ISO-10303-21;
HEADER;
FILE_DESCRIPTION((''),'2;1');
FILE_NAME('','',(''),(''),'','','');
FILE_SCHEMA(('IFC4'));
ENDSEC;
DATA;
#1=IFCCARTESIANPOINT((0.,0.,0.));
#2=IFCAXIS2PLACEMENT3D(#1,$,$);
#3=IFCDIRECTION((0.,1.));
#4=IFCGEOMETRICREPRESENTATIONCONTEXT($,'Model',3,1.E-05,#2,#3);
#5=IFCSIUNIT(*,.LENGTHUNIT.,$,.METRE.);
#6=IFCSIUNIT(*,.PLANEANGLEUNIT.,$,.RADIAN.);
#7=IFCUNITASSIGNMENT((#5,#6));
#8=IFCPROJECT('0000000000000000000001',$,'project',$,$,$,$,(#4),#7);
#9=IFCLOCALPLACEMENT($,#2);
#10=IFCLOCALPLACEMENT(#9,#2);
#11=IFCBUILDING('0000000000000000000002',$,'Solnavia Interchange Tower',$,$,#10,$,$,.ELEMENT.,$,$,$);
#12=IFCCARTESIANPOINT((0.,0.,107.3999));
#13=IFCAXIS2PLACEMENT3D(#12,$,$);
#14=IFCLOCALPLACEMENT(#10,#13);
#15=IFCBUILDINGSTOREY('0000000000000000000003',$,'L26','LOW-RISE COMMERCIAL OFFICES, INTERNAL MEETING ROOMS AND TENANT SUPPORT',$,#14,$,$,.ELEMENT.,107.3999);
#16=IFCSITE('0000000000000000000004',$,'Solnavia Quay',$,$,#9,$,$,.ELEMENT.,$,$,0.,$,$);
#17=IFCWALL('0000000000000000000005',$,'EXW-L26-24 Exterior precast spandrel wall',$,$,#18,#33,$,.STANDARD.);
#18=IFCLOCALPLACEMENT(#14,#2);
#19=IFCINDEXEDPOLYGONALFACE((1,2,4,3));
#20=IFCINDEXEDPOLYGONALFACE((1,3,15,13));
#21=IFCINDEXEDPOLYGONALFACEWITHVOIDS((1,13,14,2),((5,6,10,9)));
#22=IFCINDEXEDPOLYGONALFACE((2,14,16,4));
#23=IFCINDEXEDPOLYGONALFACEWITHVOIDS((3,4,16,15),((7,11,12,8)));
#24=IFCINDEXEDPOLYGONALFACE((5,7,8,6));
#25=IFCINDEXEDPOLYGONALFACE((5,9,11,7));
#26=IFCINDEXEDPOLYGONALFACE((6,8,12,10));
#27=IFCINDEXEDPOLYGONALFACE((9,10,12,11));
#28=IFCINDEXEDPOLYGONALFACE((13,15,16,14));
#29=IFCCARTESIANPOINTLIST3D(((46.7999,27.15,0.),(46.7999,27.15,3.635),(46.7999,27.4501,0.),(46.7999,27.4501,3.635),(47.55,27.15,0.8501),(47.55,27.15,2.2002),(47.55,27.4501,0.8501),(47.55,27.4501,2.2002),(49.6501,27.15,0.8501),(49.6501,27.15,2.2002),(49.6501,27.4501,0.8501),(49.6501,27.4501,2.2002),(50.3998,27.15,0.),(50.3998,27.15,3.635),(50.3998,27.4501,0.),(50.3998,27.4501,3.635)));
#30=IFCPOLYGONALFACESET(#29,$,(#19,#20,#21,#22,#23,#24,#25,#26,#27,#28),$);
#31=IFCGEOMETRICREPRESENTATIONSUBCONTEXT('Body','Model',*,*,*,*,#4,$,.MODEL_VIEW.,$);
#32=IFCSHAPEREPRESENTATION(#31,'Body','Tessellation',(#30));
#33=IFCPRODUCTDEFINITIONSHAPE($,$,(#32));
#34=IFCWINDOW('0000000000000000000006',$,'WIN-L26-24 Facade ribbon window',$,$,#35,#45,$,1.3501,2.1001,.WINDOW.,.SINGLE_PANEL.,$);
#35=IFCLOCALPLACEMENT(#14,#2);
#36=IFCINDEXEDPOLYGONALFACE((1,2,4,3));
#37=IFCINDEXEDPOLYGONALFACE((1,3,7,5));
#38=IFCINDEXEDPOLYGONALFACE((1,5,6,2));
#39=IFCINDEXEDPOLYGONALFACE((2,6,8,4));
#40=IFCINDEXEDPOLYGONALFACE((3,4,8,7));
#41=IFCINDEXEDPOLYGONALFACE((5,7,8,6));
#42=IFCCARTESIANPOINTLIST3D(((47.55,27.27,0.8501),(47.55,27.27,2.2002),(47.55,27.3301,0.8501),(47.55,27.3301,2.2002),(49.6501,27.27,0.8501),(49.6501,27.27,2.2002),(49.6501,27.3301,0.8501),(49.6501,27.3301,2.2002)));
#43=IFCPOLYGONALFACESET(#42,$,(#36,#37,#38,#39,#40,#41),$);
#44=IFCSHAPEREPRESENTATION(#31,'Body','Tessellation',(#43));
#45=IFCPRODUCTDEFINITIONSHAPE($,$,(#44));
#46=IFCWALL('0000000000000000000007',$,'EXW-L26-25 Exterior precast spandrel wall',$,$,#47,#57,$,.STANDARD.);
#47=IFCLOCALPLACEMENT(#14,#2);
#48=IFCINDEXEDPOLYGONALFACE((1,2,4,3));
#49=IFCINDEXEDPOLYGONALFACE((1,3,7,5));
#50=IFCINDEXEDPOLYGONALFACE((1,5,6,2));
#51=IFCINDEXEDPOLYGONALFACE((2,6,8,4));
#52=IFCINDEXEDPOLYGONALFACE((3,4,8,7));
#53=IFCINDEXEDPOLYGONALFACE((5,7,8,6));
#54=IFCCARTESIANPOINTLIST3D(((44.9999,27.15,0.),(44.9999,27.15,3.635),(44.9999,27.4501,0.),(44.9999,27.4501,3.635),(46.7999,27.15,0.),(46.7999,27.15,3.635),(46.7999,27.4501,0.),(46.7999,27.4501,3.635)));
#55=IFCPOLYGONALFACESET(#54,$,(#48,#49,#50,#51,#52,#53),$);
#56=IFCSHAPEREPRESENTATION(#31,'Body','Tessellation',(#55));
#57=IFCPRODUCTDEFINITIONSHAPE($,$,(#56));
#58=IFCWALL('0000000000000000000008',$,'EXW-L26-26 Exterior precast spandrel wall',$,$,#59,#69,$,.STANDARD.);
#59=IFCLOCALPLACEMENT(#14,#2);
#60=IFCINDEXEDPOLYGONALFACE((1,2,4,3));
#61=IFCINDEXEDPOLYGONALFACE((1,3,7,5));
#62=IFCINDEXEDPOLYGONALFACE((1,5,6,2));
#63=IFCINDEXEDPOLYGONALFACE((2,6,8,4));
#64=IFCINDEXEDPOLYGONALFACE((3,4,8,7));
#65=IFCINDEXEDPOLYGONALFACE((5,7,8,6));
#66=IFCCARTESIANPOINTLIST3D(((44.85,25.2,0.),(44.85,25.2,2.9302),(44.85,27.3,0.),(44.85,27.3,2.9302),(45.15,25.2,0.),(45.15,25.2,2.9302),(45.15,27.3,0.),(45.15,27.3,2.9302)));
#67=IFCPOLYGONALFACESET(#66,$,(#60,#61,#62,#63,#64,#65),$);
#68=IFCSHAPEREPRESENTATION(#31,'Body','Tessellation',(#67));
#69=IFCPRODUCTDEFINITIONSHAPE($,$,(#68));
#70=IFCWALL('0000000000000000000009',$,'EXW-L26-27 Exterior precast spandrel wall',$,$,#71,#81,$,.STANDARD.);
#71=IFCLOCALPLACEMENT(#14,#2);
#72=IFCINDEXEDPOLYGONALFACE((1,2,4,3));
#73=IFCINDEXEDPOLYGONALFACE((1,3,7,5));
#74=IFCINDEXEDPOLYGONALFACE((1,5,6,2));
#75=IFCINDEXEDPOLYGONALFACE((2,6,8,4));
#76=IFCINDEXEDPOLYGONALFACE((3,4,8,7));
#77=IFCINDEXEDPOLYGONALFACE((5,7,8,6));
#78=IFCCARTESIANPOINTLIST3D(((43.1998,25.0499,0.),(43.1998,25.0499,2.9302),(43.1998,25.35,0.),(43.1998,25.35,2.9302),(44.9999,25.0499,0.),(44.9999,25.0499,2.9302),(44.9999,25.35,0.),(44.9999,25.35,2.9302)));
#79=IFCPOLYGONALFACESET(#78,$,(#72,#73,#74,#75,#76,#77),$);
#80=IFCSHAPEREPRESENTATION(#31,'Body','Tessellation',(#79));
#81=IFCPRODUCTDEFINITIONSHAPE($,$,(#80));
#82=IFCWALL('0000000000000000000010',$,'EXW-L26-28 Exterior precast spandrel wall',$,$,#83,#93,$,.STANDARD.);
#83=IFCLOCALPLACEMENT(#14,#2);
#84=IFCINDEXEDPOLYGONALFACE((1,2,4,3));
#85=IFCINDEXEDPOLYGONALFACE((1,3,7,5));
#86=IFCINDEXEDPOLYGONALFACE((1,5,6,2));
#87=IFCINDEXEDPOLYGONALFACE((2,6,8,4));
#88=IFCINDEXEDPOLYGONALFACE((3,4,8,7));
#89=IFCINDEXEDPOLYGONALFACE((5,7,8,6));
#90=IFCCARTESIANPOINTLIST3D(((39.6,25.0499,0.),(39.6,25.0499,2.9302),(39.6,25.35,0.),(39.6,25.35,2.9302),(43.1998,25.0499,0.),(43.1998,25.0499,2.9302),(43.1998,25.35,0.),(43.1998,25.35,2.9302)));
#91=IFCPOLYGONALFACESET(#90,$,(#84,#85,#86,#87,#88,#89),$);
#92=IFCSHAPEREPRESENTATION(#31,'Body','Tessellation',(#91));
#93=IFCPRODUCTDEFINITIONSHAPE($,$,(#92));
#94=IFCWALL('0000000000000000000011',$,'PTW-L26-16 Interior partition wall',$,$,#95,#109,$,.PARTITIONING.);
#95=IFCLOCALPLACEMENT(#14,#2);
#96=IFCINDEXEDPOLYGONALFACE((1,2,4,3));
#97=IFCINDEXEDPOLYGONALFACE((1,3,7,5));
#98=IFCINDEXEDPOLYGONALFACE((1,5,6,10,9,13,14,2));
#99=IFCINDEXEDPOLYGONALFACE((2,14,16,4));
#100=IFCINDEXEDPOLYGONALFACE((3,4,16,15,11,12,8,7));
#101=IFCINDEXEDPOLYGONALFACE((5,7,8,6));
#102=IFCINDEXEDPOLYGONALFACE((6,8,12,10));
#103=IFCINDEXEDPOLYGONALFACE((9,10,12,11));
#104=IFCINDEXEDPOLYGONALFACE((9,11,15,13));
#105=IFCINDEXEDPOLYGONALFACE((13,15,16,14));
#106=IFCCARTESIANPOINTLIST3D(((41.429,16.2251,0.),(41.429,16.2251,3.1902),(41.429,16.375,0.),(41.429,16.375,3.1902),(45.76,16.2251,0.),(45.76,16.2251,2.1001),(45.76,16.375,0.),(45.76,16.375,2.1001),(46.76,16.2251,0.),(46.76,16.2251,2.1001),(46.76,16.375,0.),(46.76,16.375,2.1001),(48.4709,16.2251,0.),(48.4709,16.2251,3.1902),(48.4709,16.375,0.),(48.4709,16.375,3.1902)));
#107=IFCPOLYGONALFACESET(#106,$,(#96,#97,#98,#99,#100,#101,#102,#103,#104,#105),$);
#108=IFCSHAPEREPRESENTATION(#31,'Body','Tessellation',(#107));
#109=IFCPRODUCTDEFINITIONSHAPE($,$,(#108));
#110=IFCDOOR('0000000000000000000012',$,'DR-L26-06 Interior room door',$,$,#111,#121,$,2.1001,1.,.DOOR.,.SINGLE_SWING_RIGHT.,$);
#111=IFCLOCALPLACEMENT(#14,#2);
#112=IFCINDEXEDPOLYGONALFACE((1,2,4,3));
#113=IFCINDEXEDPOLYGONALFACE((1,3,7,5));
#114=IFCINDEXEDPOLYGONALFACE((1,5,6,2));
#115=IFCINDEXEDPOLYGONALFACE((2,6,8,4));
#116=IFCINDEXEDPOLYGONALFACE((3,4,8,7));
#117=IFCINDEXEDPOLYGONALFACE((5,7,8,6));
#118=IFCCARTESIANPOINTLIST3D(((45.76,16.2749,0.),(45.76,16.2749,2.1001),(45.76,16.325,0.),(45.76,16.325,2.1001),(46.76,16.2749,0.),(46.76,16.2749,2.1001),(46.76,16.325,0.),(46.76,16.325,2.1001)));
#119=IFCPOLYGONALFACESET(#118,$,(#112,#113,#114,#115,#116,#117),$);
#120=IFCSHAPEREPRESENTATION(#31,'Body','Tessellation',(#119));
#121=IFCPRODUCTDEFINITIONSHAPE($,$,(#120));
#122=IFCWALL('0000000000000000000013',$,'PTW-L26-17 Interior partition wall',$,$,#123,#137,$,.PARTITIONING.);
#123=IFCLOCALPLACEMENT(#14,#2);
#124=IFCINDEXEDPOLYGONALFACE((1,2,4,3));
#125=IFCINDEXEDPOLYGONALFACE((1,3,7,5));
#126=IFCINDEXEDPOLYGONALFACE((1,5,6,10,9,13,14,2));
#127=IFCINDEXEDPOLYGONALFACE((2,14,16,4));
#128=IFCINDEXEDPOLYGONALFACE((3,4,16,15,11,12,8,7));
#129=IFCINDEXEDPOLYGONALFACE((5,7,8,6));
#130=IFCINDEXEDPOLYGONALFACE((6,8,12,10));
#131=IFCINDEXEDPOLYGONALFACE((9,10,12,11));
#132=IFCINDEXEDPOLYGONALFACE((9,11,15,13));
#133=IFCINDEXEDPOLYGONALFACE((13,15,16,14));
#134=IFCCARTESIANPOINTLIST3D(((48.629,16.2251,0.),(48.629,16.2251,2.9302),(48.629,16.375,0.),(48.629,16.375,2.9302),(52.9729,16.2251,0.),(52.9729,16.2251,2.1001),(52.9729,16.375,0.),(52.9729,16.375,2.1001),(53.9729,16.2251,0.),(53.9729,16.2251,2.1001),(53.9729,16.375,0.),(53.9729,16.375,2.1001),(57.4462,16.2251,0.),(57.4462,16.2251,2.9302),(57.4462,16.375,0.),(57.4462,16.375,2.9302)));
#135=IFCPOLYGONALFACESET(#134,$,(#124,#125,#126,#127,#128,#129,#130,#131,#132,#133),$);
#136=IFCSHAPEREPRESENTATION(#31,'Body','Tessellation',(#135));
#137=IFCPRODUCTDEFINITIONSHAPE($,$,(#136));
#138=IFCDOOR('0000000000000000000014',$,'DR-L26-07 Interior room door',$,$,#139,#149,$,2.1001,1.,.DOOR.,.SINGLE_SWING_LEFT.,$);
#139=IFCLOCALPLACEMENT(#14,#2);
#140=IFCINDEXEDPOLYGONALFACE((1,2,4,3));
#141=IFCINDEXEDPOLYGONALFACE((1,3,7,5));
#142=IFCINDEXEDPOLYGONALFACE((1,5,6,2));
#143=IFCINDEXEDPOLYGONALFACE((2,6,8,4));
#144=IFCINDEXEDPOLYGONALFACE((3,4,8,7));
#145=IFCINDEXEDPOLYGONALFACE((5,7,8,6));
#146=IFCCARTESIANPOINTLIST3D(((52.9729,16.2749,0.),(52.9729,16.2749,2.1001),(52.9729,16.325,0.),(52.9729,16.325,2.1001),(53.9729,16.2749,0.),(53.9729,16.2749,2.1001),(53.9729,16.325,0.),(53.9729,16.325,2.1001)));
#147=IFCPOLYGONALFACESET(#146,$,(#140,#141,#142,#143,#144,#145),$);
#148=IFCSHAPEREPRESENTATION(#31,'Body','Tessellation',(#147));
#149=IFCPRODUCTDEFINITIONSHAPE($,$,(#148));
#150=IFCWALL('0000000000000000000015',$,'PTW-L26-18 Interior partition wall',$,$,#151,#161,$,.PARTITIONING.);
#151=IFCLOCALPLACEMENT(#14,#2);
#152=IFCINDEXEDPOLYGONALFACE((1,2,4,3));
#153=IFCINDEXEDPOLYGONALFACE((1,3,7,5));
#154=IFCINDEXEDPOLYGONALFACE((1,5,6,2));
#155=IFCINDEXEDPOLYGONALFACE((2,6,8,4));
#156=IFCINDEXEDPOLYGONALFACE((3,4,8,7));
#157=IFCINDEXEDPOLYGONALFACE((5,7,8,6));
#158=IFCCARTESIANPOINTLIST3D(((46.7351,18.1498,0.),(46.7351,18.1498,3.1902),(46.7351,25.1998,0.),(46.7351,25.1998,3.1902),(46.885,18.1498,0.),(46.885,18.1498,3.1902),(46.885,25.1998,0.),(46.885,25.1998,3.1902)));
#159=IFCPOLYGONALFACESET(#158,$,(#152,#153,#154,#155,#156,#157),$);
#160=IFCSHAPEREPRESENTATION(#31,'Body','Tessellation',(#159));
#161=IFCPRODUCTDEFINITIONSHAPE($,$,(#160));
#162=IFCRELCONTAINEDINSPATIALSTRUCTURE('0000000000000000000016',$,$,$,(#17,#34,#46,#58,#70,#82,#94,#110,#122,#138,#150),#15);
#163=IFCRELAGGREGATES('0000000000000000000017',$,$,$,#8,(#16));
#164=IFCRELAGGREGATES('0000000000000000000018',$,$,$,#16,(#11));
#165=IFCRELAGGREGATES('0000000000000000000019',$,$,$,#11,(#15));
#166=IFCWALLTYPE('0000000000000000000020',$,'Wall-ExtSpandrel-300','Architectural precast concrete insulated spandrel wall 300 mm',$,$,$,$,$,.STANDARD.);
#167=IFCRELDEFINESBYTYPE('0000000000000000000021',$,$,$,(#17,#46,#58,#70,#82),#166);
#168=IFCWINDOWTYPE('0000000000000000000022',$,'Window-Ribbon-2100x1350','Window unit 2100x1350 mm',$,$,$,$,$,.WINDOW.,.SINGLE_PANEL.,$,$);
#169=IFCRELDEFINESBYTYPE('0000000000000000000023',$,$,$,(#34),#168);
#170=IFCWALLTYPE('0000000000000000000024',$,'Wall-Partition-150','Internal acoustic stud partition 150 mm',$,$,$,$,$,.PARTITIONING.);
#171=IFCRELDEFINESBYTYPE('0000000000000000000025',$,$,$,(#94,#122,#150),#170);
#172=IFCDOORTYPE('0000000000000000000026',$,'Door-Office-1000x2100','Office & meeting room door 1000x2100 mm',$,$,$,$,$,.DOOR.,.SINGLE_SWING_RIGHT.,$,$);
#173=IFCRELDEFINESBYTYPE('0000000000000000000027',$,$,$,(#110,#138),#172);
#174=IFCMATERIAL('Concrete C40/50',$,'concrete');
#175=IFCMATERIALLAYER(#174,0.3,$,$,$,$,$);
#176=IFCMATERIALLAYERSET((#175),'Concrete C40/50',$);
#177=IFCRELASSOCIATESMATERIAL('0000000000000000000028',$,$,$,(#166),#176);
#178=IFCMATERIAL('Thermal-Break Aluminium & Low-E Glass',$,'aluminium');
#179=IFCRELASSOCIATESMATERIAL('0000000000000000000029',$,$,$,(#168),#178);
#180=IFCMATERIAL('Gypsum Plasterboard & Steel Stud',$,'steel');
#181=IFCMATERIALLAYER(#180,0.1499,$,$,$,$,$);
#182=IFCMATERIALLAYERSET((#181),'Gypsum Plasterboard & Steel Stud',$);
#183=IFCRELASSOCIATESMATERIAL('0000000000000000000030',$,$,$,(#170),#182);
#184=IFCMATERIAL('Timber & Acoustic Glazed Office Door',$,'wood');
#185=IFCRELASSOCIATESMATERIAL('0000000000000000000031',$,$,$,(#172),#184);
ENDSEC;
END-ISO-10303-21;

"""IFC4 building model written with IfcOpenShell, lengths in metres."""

from ifc_helpers import new_model, si_unit, direction, frame, frame_2d, origin, place, context, subcontext, project, spatial, rectangle, extrude, material, layer, layer_set, type_object, element, fill, save


model = new_model("IFC4")

# Units and contexts
model_context = context("Model", 3, precision=1e-05, world=origin(), true_north=direction((0.0, 1.0)))
body_context = subcontext(model_context, "Body", "Model", "MODEL_VIEW")
ifc_project = project(units=[si_unit("LENGTHUNIT", "METRE"), si_unit("PLANEANGLEUNIT", "RADIAN")], contexts=[model_context])

# Site, building, storey
site_placement = place(None, origin())
site = spatial("IfcSite", under=ifc_project, at=site_placement, Name="Solnavia Quay", CompositionType="ELEMENT", RefElevation=0.0)
building_placement = place(site_placement, origin())
building = spatial("IfcBuilding", under=site, at=building_placement, Name="Solnavia Interchange Tower", CompositionType="ELEMENT")
storey_placement = place(building_placement, frame((0.0, 0.0, 107.3999)))
storey = spatial("IfcBuildingStorey", under=building, at=storey_placement, Name="L26", Description="LOW-RISE COMMERCIAL OFFICES, INTERNAL MEETING ROOMS AND TENANT SUPPORT", CompositionType="ELEMENT", Elevation=107.3999)

# Wall, opening, window
ifc_material_1 = material(Name="Concrete C40/50", Category="concrete")
ifc_layer_1 = layer(ifc_material_1, 0.3)
ifc_layer_set_1 = layer_set([ifc_layer_1], Name="Concrete C40/50")
wall_type_1 = type_object("IfcWallType", Name="Wall-ExtSpandrel-300", Description="Architectural precast concrete insulated spandrel wall 300 mm", PredefinedType="STANDARD", material=ifc_layer_set_1)
wall_1_placement = place(storey_placement, frame((46.8, 27.3, 0.0), z_axis=(0.0, 0.0, 1.0), x_axis=(1.0, 0.0, 0.0)))
wall_1 = element("IfcWall", 1, at=wall_1_placement, inside=storey, type_object=wall_type_1, Name="EXW-L26-24 Exterior precast spandrel wall", PredefinedType="STANDARD", context=body_context, shape_type="SweptSolid", body=[
    extrude(rectangle(XDim=3.5999, YDim=0.3, at=frame_2d((1.7998, 0.0))), origin(), (0.0, 0.0, 1.0), 3.635),
])
opening_1_placement = place(wall_1_placement, frame((0.75, 0.0, 0.8501)))
opening_1 = element("IfcOpeningElement", 2, at=opening_1_placement, cuts=wall_1, PredefinedType="OPENING", context=body_context, shape_type="SweptSolid", body=[
    extrude(rectangle(XDim=2.1001, YDim=1.3501, at=frame_2d((1.05, 0.675))), frame((0.0, 0.1602, 0.0), z_axis=(0.0, -1.0, 0.0), x_axis=(1.0, 0.0, 0.0)), (0.0, 0.0, 1.0), 0.3201),
])
ifc_material_2 = material(Name="Thermal-Break Aluminium & Low-E Glass", Category="aluminium")
window_type = type_object("IfcWindowType", Name="Window-Ribbon-2100x1350", Description="Window unit 2100x1350 mm", PartitioningType="SINGLE_PANEL", PredefinedType="WINDOW", material=ifc_material_2)
window_placement = place(opening_1_placement, origin())
window = element("IfcWindow", 3, at=window_placement, inside=storey, type_object=window_type, Name="WIN-L26-24 Facade ribbon window", OverallHeight=1.3501, OverallWidth=2.1001, PartitioningType="SINGLE_PANEL", PredefinedType="WINDOW", context=body_context, shape_type="SweptSolid", body=[
    extrude(rectangle(XDim=2.1001, YDim=1.3501, at=frame_2d((1.05, 0.675))), frame((0.0, 0.03, 0.0), z_axis=(0.0, -1.0, 0.0), x_axis=(1.0, 0.0, 0.0)), (0.0, 0.0, 1.0), 0.0601),
])
fill(opening_1, window)

# Walls
wall_2_placement = place(storey_placement, frame((45.0, 27.3, 0.0), z_axis=(0.0, 0.0, 1.0), x_axis=(1.0, 0.0, 0.0)))
element("IfcWall", 4, at=wall_2_placement, inside=storey, type_object=wall_type_1, Name="EXW-L26-25 Exterior precast spandrel wall", PredefinedType="STANDARD", context=body_context, shape_type="SweptSolid", body=[
    extrude(rectangle(XDim=1.8, YDim=0.3, at=frame_2d((0.8999, 0.0))), origin(), (0.0, 0.0, 1.0), 3.635),
])
wall_3_placement = place(storey_placement, frame((45.0, 27.3, 0.0), z_axis=(0.0, 0.0, 1.0), x_axis=(0.0, -1.0, 0.0)))
element("IfcWall", 5, at=wall_3_placement, inside=storey, type_object=wall_type_1, Name="EXW-L26-26 Exterior precast spandrel wall", PredefinedType="STANDARD", context=body_context, shape_type="SweptSolid", body=[
    extrude(rectangle(XDim=2.1001, YDim=0.3, at=frame_2d((1.05, 0.0))), origin(), (0.0, 0.0, 1.0), 2.9302),
])
wall_4_placement = place(storey_placement, frame((43.2, 25.2, 0.0), z_axis=(0.0, 0.0, 1.0), x_axis=(1.0, 0.0, 0.0)))
element("IfcWall", 6, at=wall_4_placement, inside=storey, type_object=wall_type_1, Name="EXW-L26-27 Exterior precast spandrel wall", PredefinedType="STANDARD", context=body_context, shape_type="SweptSolid", body=[
    extrude(rectangle(XDim=1.8, YDim=0.3, at=frame_2d((0.8999, 0.0))), origin(), (0.0, 0.0, 1.0), 2.9302),
])
wall_5_placement = place(storey_placement, frame((39.6001, 25.2, 0.0), z_axis=(0.0, 0.0, 1.0), x_axis=(1.0, 0.0, 0.0)))
element("IfcWall", 7, at=wall_5_placement, inside=storey, type_object=wall_type_1, Name="EXW-L26-28 Exterior precast spandrel wall", PredefinedType="STANDARD", context=body_context, shape_type="SweptSolid", body=[
    extrude(rectangle(XDim=3.5999, YDim=0.3, at=frame_2d((1.7998, 0.0))), origin(), (0.0, 0.0, 1.0), 2.9302),
])

# Walls, openings, doors
ifc_material_3 = material(Name="Gypsum Plasterboard & Steel Stud", Category="steel")
ifc_layer_2 = layer(ifc_material_3, 0.1499)
ifc_layer_set_2 = layer_set([ifc_layer_2], Name="Gypsum Plasterboard & Steel Stud")
wall_type_2 = type_object("IfcWallType", Name="Wall-Partition-150", Description="Internal acoustic stud partition 150 mm", PredefinedType="PARTITIONING", material=ifc_layer_set_2)
wall_6_placement = place(storey_placement, frame((41.429, 16.3, 0.0), z_axis=(0.0, 0.0, 1.0), x_axis=(1.0, 0.0, 0.0)))
wall_6 = element("IfcWall", 8, at=wall_6_placement, inside=storey, type_object=wall_type_2, Name="PTW-L26-16 Interior partition wall", PredefinedType="PARTITIONING", context=body_context, shape_type="SweptSolid", body=[
    extrude(rectangle(XDim=7.042, YDim=0.1499, at=frame_2d((3.521, 0.0))), origin(), (0.0, 0.0, 1.0), 3.1902),
])
opening_2_placement = place(wall_6_placement, frame((4.3311, 0.0, 0.0)))
opening_2 = element("IfcOpeningElement", 9, at=opening_2_placement, cuts=wall_6, PredefinedType="OPENING", context=body_context, shape_type="SweptSolid", body=[
    extrude(rectangle(XDim=1.0, YDim=2.1001, at=frame_2d((0.5, 1.05))), frame((0.0, 0.085, 0.0), z_axis=(0.0, -1.0, 0.0), x_axis=(1.0, 0.0, 0.0)), (0.0, 0.0, 1.0), 0.1699),
])
ifc_material_4 = material(Name="Timber & Acoustic Glazed Office Door", Category="wood")
door_type = type_object("IfcDoorType", Name="Door-Office-1000x2100", Description="Office & meeting room door 1000x2100 mm", OperationType="SINGLE_SWING_RIGHT", PredefinedType="DOOR", material=ifc_material_4)
door_1_placement = place(opening_2_placement, origin())
door_1 = element("IfcDoor", 10, at=door_1_placement, inside=storey, type_object=door_type, Name="DR-L26-06 Interior room door", OperationType="SINGLE_SWING_RIGHT", OverallHeight=2.1001, OverallWidth=1.0, PredefinedType="DOOR", context=body_context, shape_type="SweptSolid", body=[
    extrude(rectangle(XDim=1.0, YDim=2.1001, at=frame_2d((0.5, 1.05))), frame((0.0, 0.0249, 0.0), z_axis=(0.0, -1.0, 0.0), x_axis=(1.0, 0.0, 0.0)), (0.0, 0.0, 1.0), 0.05),
])
fill(opening_2, door_1)
wall_7_placement = place(storey_placement, frame((48.6289, 16.3, 0.0), z_axis=(0.0, 0.0, 1.0), x_axis=(1.0, 0.0, 0.0)))
wall_7 = element("IfcWall", 11, at=wall_7_placement, inside=storey, type_object=wall_type_2, Name="PTW-L26-17 Interior partition wall", PredefinedType="PARTITIONING", context=body_context, shape_type="SweptSolid", body=[
    extrude(rectangle(XDim=8.8171, YDim=0.1499, at=frame_2d((4.4087, 0.0))), origin(), (0.0, 0.0, 1.0), 2.9302),
])
opening_3_placement = place(wall_7_placement, frame((4.344, 0.0, 0.0)))
opening_3 = element("IfcOpeningElement", 12, at=opening_3_placement, cuts=wall_7, PredefinedType="OPENING", context=body_context, shape_type="SweptSolid", body=[
    extrude(rectangle(XDim=1.0, YDim=2.1001, at=frame_2d((0.5, 1.05))), frame((0.0, 0.085, 0.0), z_axis=(0.0, -1.0, 0.0), x_axis=(1.0, 0.0, 0.0)), (0.0, 0.0, 1.0), 0.1699),
])
door_2_placement = place(opening_3_placement, origin())
door_2 = element("IfcDoor", 13, at=door_2_placement, inside=storey, type_object=door_type, Name="DR-L26-07 Interior room door", OperationType="SINGLE_SWING_LEFT", OverallHeight=2.1001, OverallWidth=1.0, PredefinedType="DOOR", context=body_context, shape_type="SweptSolid", body=[
    extrude(rectangle(XDim=1.0, YDim=2.1001, at=frame_2d((0.5, 1.05))), frame((0.0, 0.0249, 0.0), z_axis=(0.0, -1.0, 0.0), x_axis=(1.0, 0.0, 0.0)), (0.0, 0.0, 1.0), 0.05),
])
fill(opening_3, door_2)

# Wall
wall_8_placement = place(storey_placement, frame((46.8101, 18.1499, 0.0), z_axis=(0.0, 0.0, 1.0), x_axis=(0.0, 1.0, 0.0)))
element("IfcWall", 14, at=wall_8_placement, inside=storey, type_object=wall_type_2, Name="PTW-L26-18 Interior partition wall", PredefinedType="PARTITIONING", context=body_context, shape_type="SweptSolid", body=[
    extrude(rectangle(XDim=7.05, YDim=0.1499, at=frame_2d((3.5249, 0.0))), origin(), (0.0, 0.0, 1.0), 3.1902),
])

save(model, "model.ifc")
